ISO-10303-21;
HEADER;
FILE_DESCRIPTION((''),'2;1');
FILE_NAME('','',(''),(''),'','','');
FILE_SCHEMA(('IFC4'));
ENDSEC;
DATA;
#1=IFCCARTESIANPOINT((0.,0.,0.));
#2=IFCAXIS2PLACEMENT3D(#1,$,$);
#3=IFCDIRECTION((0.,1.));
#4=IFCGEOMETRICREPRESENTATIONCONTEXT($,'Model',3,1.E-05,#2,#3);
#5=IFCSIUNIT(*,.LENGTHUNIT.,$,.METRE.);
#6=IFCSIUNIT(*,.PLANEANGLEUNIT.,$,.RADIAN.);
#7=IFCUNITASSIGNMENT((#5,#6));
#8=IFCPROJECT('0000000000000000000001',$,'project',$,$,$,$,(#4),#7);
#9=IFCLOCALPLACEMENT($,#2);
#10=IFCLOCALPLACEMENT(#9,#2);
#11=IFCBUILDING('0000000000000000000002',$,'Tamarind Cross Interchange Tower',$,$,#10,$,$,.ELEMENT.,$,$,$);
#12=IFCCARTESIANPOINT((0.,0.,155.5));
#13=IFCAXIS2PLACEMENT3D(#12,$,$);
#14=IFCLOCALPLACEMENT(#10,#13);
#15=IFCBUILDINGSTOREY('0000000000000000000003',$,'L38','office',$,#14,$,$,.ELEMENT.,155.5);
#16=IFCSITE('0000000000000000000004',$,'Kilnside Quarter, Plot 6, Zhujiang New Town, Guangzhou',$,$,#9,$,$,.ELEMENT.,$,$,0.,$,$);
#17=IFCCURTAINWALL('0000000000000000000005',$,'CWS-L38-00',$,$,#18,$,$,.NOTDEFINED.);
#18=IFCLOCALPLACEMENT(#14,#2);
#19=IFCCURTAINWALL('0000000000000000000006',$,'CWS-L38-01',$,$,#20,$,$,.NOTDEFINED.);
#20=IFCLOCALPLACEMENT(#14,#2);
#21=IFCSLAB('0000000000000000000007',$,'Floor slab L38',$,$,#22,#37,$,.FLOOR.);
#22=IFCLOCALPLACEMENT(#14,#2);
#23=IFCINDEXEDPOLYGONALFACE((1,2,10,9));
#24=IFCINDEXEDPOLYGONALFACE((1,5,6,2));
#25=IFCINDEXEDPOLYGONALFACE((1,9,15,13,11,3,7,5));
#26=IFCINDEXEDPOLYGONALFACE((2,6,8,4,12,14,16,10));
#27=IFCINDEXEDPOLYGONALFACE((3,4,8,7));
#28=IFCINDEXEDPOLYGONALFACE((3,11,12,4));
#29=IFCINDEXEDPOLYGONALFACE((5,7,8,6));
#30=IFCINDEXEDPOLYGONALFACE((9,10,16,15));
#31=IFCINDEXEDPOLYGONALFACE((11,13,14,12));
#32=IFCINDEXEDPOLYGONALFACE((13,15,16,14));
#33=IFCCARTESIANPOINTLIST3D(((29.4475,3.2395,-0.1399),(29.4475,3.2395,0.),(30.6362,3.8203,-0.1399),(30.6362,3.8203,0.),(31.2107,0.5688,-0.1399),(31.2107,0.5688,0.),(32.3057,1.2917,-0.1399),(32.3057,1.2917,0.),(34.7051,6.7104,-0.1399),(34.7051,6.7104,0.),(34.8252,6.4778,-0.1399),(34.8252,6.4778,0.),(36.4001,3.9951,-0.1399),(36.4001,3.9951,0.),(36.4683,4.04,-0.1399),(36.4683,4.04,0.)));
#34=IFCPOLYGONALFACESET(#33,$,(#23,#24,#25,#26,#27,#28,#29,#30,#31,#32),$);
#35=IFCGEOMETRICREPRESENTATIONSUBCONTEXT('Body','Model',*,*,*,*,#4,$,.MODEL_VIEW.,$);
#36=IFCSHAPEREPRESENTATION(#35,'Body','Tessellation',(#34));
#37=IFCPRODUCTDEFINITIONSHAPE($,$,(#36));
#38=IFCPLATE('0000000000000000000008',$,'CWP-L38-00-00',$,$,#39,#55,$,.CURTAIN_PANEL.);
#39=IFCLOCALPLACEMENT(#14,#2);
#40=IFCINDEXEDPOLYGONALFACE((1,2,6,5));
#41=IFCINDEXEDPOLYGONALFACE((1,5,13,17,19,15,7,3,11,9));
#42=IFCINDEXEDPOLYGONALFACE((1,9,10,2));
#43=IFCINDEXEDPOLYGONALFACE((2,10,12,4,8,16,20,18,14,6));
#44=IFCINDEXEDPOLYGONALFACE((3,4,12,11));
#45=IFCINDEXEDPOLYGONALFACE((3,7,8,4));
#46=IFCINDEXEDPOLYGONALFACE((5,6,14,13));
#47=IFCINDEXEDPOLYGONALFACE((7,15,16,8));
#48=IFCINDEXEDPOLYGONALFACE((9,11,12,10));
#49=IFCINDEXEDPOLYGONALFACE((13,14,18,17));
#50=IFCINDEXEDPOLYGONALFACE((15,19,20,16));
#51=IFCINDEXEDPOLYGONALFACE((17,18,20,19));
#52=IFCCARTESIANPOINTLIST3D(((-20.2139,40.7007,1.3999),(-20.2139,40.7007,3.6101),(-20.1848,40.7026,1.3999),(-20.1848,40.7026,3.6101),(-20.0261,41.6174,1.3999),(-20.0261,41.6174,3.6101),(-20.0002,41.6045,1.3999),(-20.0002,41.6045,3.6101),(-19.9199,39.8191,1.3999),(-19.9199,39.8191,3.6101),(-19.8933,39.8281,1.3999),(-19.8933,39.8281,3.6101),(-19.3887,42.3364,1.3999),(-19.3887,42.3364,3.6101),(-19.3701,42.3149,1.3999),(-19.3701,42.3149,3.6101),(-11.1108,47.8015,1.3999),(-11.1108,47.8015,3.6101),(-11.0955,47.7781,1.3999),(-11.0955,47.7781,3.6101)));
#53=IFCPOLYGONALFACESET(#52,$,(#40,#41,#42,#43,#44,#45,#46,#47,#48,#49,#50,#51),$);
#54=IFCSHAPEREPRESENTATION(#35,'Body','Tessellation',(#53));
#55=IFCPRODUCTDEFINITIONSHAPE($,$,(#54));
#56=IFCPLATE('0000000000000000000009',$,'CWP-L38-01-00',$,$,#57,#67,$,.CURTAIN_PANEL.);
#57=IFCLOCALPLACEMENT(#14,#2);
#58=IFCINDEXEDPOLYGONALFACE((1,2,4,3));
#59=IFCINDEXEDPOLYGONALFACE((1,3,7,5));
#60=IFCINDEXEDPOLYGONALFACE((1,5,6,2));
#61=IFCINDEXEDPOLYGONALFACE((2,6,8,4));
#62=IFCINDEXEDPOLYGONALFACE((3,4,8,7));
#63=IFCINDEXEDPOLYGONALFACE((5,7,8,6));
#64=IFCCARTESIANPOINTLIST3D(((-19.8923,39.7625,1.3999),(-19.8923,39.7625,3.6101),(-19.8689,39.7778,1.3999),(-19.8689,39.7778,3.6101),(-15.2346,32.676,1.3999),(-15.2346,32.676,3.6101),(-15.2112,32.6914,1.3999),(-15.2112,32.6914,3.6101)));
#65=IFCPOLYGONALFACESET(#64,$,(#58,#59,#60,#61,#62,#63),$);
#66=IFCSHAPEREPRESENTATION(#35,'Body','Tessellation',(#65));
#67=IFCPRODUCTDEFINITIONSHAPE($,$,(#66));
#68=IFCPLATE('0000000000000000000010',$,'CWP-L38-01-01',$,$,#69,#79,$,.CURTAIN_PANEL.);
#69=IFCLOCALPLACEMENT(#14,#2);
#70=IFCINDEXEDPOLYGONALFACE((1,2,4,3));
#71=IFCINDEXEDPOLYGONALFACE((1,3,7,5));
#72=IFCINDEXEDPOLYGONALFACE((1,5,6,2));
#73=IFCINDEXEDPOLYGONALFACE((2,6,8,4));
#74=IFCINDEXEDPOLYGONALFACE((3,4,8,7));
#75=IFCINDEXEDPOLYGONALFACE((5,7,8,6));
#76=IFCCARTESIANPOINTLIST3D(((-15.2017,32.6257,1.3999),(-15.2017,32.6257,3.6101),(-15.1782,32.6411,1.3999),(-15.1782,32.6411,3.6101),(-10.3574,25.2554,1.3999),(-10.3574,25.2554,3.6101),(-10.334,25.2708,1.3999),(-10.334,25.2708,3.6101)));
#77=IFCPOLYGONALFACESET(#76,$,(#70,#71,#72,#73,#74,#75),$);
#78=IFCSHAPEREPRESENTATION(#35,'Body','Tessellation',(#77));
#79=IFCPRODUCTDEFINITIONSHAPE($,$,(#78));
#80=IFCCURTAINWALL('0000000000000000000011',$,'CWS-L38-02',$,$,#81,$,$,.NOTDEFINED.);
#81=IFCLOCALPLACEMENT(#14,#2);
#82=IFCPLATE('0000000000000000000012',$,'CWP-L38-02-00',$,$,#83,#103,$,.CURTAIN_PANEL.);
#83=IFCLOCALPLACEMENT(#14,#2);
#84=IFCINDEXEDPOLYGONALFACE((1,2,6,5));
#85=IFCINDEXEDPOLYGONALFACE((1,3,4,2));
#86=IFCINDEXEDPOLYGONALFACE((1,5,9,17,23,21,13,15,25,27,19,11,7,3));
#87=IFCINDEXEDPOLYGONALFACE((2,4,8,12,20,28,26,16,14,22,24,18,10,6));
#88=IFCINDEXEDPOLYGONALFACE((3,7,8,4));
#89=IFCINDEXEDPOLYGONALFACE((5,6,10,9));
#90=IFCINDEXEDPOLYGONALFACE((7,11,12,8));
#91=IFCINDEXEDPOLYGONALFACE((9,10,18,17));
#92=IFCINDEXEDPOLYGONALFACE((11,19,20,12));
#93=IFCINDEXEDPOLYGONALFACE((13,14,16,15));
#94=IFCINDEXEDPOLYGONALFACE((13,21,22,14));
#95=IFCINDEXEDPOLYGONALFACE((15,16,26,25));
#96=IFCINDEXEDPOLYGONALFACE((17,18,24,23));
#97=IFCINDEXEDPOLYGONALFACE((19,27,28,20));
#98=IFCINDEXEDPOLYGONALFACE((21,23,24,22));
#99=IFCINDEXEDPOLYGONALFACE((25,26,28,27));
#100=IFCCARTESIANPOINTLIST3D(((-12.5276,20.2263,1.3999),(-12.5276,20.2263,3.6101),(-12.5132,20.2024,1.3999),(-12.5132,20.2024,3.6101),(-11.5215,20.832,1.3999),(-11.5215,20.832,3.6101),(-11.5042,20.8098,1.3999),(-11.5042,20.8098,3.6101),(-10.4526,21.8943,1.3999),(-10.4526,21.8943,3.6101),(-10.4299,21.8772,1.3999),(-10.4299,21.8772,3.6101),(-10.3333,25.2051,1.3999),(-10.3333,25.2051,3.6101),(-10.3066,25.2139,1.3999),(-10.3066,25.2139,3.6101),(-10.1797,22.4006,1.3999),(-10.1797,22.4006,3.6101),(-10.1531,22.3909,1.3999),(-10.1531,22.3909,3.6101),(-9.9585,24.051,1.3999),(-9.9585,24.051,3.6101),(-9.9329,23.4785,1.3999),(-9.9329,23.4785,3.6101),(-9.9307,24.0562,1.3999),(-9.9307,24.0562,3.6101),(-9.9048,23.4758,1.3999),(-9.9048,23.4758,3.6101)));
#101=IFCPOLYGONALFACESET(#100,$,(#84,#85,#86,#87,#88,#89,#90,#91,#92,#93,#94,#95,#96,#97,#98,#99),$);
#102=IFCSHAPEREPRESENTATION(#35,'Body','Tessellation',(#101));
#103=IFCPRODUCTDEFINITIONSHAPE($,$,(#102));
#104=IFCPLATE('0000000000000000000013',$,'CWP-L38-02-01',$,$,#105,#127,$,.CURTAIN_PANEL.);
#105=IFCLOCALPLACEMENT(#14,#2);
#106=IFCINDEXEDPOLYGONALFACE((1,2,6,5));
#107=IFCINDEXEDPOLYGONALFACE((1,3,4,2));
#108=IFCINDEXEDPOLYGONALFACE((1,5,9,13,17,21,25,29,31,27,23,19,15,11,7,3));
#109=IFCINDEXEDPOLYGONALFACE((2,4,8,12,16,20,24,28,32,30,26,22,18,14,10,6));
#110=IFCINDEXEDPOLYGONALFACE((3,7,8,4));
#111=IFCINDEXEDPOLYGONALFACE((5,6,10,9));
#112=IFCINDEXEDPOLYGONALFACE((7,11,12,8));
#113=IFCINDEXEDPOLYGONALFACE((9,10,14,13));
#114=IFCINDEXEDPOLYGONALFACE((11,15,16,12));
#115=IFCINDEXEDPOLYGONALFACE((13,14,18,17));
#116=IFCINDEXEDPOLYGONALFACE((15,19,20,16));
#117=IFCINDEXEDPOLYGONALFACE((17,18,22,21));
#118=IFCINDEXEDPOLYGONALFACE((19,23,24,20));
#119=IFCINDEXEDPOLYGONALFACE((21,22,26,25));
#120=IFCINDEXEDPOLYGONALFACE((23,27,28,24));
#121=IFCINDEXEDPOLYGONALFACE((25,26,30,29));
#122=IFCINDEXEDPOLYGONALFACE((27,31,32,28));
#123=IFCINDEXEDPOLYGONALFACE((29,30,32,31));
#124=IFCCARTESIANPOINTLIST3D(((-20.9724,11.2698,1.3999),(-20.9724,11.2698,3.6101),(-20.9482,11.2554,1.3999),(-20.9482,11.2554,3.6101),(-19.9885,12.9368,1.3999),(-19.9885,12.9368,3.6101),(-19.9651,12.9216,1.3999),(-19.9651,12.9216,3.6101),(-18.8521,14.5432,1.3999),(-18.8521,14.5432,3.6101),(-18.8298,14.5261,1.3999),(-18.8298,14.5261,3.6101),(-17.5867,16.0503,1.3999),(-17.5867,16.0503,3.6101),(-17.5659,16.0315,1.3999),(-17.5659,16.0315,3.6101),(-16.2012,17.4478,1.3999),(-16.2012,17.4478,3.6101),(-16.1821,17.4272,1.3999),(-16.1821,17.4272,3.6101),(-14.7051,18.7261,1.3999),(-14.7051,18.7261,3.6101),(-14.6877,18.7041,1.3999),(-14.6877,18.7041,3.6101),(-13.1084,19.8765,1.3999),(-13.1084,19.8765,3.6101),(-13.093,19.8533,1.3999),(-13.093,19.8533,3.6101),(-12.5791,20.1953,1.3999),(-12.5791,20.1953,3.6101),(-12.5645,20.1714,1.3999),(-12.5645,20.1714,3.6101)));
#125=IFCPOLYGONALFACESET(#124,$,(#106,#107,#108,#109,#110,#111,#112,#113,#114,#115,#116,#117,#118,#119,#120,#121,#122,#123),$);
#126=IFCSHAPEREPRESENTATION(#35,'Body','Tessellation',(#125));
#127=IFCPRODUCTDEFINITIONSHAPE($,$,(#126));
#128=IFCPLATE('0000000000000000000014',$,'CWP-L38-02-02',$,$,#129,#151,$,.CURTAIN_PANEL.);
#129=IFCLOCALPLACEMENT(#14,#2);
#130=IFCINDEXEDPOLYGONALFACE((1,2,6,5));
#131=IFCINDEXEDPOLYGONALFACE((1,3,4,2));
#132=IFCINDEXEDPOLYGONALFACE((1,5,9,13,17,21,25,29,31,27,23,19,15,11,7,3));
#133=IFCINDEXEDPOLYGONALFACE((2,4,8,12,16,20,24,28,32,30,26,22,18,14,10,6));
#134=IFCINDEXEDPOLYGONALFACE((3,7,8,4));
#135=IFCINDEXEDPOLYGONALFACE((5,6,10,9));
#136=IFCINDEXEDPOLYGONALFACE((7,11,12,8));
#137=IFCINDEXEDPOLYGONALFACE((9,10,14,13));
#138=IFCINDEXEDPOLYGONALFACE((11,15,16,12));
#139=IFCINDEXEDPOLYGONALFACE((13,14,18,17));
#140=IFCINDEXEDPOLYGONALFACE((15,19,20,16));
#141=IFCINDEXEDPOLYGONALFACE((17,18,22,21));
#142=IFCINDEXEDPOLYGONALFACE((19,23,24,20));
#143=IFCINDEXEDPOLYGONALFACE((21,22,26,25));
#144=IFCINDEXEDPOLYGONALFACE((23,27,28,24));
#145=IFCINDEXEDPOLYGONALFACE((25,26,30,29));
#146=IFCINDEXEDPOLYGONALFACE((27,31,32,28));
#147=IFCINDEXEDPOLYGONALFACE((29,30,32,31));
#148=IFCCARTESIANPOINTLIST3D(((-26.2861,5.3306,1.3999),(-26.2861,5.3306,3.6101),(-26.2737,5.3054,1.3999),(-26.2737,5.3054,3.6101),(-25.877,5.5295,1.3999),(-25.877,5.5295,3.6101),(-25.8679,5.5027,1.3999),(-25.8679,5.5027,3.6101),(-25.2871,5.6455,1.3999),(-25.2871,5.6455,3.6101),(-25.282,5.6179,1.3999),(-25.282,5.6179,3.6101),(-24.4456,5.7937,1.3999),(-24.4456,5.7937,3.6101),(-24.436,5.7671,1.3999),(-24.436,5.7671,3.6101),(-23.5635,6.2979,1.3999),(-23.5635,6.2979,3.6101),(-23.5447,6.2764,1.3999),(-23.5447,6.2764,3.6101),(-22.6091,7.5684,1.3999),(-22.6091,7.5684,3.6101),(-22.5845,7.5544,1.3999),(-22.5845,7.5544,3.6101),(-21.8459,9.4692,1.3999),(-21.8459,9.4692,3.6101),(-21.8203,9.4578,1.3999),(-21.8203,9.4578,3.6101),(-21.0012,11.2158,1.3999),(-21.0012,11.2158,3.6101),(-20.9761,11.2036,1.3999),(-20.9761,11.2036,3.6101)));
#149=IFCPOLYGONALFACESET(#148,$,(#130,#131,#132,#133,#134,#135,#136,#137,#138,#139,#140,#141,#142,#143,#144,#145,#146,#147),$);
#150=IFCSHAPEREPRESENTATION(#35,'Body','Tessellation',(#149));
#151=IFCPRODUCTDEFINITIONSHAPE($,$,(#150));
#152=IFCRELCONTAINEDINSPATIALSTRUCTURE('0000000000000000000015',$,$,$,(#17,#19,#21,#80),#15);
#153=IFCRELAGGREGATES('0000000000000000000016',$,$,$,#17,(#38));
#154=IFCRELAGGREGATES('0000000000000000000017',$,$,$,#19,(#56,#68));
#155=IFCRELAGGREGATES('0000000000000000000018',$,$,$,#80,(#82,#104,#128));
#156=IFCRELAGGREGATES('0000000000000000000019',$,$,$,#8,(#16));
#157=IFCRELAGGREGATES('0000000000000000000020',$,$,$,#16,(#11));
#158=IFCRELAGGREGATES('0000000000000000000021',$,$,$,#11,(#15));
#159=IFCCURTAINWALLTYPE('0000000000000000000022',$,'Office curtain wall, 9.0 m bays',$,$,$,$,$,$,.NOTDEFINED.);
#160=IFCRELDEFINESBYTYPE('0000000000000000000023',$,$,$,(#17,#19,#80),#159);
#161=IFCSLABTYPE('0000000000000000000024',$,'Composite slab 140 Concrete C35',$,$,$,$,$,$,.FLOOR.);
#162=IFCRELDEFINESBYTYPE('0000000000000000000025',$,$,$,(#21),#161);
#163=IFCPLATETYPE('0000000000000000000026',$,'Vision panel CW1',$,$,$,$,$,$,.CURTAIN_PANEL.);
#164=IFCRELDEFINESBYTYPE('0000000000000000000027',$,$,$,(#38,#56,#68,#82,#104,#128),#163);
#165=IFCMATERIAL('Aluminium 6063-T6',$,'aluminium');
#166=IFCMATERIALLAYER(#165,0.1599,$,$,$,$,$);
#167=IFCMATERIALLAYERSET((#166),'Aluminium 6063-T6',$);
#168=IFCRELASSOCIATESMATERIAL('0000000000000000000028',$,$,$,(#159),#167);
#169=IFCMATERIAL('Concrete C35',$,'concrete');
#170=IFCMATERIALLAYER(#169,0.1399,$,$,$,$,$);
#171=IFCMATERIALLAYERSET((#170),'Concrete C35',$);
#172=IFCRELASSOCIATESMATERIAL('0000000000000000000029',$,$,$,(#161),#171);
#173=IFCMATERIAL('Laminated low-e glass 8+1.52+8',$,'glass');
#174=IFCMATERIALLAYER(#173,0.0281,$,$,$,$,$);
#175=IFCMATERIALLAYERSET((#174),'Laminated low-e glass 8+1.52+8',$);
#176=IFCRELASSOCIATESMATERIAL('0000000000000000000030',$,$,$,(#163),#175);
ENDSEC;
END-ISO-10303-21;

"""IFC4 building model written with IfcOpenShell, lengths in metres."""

from ifc_helpers import new_model, si_unit, direction, frame, origin, place, context, subcontext, project, spatial, polyline, outline, extrude, material, layer, layer_set, type_object, element, aggregate, save


model = new_model("IFC4")

# Units and contexts
model_context = context("Model", 3, precision=1e-05, world=origin(), true_north=direction((0.0, 1.0)))
body_context = subcontext(model_context, "Body", "Model", "MODEL_VIEW")
ifc_project = project(units=[si_unit("LENGTHUNIT", "METRE"), si_unit("PLANEANGLEUNIT", "RADIAN")], contexts=[model_context])

# Site, building, storey
site_placement = place(None, origin())
site = spatial("IfcSite", under=ifc_project, at=site_placement, Name="Kilnside Quarter, Plot 6, Zhujiang New Town, Guangzhou", CompositionType="ELEMENT", RefElevation=0.0)
building_placement = place(site_placement, origin())
building = spatial("IfcBuilding", under=site, at=building_placement, Name="Tamarind Cross Interchange Tower", CompositionType="ELEMENT")
storey_placement = place(building_placement, frame((0.0, 0.0, 155.5)))
storey = spatial("IfcBuildingStorey", under=building, at=storey_placement, Name="L38", Description="office", CompositionType="ELEMENT", Elevation=155.5)

# Curtain walls
ifc_material_1 = material(Name="Aluminium 6063-T6", Category="aluminium")
ifc_layer_1 = layer(ifc_material_1, 0.1599)
ifc_layer_set_1 = layer_set([ifc_layer_1], Name="Aluminium 6063-T6")
curtain_wall_type = type_object("IfcCurtainWallType", Name="Office curtain wall, 9.0 m bays", PredefinedType="NOTDEFINED", material=ifc_layer_set_1)
curtain_wall_1_placement = place(storey_placement, origin())
curtain_wall_1 = element("IfcCurtainWall", 1, at=curtain_wall_1_placement, inside=storey, type_object=curtain_wall_type, Name="CWS-L38-00", PredefinedType="NOTDEFINED")
curtain_wall_2_placement = place(storey_placement, origin())
curtain_wall_2 = element("IfcCurtainWall", 2, at=curtain_wall_2_placement, inside=storey, type_object=curtain_wall_type, Name="CWS-L38-01", PredefinedType="NOTDEFINED")

# Slab
ifc_material_2 = material(Name="Concrete C35", Category="concrete")
ifc_layer_2 = layer(ifc_material_2, 0.1399)
ifc_layer_set_2 = layer_set([ifc_layer_2], Name="Concrete C35")
slab_type = type_object("IfcSlabType", Name="Composite slab 140 Concrete C35", PredefinedType="FLOOR", material=ifc_layer_set_2)
slab_1_placement = place(storey_placement, frame((0.0, 0.0, -0.1399)))
element("IfcSlab", 3, at=slab_1_placement, inside=storey, type_object=slab_type, Name="Floor slab L38", PredefinedType="FLOOR", context=body_context, shape_type="SweptSolid", body=[
    extrude(outline(polyline([(29.4475, 3.2395), (31.2107, 0.5688), (32.3057, 1.2917), (30.6362, 3.8203), (34.8252, 6.4778), (36.4001, 3.9951), (36.4683, 4.04), (34.7051, 6.7104), (29.4475, 3.2395)])), origin(), (0.0, 0.0, 1.0), 0.1399),
])

# Plates
ifc_material_3 = material(Name="Laminated low-e glass 8+1.52+8", Category="glass")
ifc_layer_3 = layer(ifc_material_3, 0.0281)
ifc_layer_set_3 = layer_set([ifc_layer_3], Name="Laminated low-e glass 8+1.52+8")
plate_type = type_object("IfcPlateType", Name="Vision panel CW1", PredefinedType="CURTAIN_PANEL", material=ifc_layer_set_3)
plate_1_placement = place(storey_placement, frame((0.0, 0.0, 1.3999)))
plate_1 = element("IfcPlate", 4, at=plate_1_placement, type_object=plate_type, Name="CWP-L38-00-00", PredefinedType="CURTAIN_PANEL", context=body_context, shape_type="SweptSolid", body=[
    extrude(outline(polyline([(-11.0955, 47.7781), (-19.3701, 42.3149), (-20.0002, 41.6045), (-20.1848, 40.7026), (-19.8933, 39.8281), (-19.9199, 39.8191), (-20.2139, 40.7007), (-20.0261, 41.6174), (-19.3887, 42.3364), (-11.1108, 47.8015), (-11.0955, 47.7781)])), origin(), (0.0, 0.0, 1.0), 2.2102),
])
aggregate(curtain_wall_1, [plate_1])
plate_2_placement = place(storey_placement, frame((0.0, 0.0, 1.3999)))
plate_2 = element("IfcPlate", 5, at=plate_2_placement, type_object=plate_type, Name="CWP-L38-01-00", PredefinedType="CURTAIN_PANEL", context=body_context, shape_type="SweptSolid", body=[
    extrude(outline(polyline([(-19.8689, 39.7778), (-15.2112, 32.6914), (-15.2346, 32.676), (-19.8923, 39.7625), (-19.8689, 39.7778)])), origin(), (0.0, 0.0, 1.0), 2.2102),
])
plate_3_placement = place(storey_placement, frame((0.0, 0.0, 1.3999)))
plate_3 = element("IfcPlate", 6, at=plate_3_placement, type_object=plate_type, Name="CWP-L38-01-01", PredefinedType="CURTAIN_PANEL", context=body_context, shape_type="SweptSolid", body=[
    extrude(outline(polyline([(-15.1782, 32.6411), (-10.334, 25.2708), (-10.3574, 25.2554), (-15.2017, 32.6257), (-15.1782, 32.6411)])), origin(), (0.0, 0.0, 1.0), 2.2102),
])
aggregate(curtain_wall_2, [plate_2, plate_3])

# Curtain wall, plates
curtain_wall_3_placement = place(storey_placement, origin())
curtain_wall_3 = element("IfcCurtainWall", 7, at=curtain_wall_3_placement, inside=storey, type_object=curtain_wall_type, Name="CWS-L38-02", PredefinedType="NOTDEFINED")
plate_4_placement = place(storey_placement, frame((0.0, 0.0, 1.3999)))
plate_4 = element("IfcPlate", 8, at=plate_4_placement, type_object=plate_type, Name="CWP-L38-02-00", PredefinedType="CURTAIN_PANEL", context=body_context, shape_type="SweptSolid", body=[
    extrude(outline(polyline([(-10.3066, 25.2139), (-9.9307, 24.0562), (-9.9048, 23.4758), (-10.1531, 22.3909), (-10.4299, 21.8772), (-11.5042, 20.8098), (-12.5132, 20.2024), (-12.5276, 20.2263), (-11.5215, 20.832), (-10.4526, 21.8943), (-10.1797, 22.4006), (-9.9329, 23.4785), (-9.9585, 24.051), (-10.3333, 25.2051), (-10.3066, 25.2139)])), origin(), (0.0, 0.0, 1.0), 2.2102),
])
plate_5_placement = place(storey_placement, frame((0.0, 0.0, 1.3999)))
plate_5 = element("IfcPlate", 9, at=plate_5_placement, type_object=plate_type, Name="CWP-L38-02-01", PredefinedType="CURTAIN_PANEL", context=body_context, shape_type="SweptSolid", body=[
    extrude(outline(polyline([(-12.5645, 20.1714), (-13.093, 19.8533), (-14.6877, 18.7041), (-16.1821, 17.4272), (-17.5659, 16.0315), (-18.8298, 14.5261), (-19.9651, 12.9216), (-20.9482, 11.2554), (-20.9724, 11.2698), (-19.9885, 12.9368), (-18.8521, 14.5432), (-17.5867, 16.0503), (-16.2012, 17.4478), (-14.7051, 18.7261), (-13.1084, 19.8765), (-12.5791, 20.1953), (-12.5645, 20.1714)])), origin(), (0.0, 0.0, 1.0), 2.2102),
])
plate_6_placement = place(storey_placement, frame((0.0, 0.0, 1.3999)))
plate_6 = element("IfcPlate", 10, at=plate_6_placement, type_object=plate_type, Name="CWP-L38-02-02", PredefinedType="CURTAIN_PANEL", context=body_context, shape_type="SweptSolid", body=[
    extrude(outline(polyline([(-20.9761, 11.2036), (-21.8203, 9.4578), (-22.5845, 7.5544), (-23.5447, 6.2764), (-24.436, 5.7671), (-25.282, 5.6179), (-25.8679, 5.5027), (-26.2737, 5.3054), (-26.2861, 5.3306), (-25.877, 5.5295), (-25.2871, 5.6455), (-24.4456, 5.7937), (-23.5635, 6.2979), (-22.6091, 7.5684), (-21.8459, 9.4692), (-21.0012, 11.2158), (-20.9761, 11.2036)])), origin(), (0.0, 0.0, 1.0), 2.2102),
])
aggregate(curtain_wall_3, [plate_4, plate_5, plate_6])

save(model, "model.ifc")
